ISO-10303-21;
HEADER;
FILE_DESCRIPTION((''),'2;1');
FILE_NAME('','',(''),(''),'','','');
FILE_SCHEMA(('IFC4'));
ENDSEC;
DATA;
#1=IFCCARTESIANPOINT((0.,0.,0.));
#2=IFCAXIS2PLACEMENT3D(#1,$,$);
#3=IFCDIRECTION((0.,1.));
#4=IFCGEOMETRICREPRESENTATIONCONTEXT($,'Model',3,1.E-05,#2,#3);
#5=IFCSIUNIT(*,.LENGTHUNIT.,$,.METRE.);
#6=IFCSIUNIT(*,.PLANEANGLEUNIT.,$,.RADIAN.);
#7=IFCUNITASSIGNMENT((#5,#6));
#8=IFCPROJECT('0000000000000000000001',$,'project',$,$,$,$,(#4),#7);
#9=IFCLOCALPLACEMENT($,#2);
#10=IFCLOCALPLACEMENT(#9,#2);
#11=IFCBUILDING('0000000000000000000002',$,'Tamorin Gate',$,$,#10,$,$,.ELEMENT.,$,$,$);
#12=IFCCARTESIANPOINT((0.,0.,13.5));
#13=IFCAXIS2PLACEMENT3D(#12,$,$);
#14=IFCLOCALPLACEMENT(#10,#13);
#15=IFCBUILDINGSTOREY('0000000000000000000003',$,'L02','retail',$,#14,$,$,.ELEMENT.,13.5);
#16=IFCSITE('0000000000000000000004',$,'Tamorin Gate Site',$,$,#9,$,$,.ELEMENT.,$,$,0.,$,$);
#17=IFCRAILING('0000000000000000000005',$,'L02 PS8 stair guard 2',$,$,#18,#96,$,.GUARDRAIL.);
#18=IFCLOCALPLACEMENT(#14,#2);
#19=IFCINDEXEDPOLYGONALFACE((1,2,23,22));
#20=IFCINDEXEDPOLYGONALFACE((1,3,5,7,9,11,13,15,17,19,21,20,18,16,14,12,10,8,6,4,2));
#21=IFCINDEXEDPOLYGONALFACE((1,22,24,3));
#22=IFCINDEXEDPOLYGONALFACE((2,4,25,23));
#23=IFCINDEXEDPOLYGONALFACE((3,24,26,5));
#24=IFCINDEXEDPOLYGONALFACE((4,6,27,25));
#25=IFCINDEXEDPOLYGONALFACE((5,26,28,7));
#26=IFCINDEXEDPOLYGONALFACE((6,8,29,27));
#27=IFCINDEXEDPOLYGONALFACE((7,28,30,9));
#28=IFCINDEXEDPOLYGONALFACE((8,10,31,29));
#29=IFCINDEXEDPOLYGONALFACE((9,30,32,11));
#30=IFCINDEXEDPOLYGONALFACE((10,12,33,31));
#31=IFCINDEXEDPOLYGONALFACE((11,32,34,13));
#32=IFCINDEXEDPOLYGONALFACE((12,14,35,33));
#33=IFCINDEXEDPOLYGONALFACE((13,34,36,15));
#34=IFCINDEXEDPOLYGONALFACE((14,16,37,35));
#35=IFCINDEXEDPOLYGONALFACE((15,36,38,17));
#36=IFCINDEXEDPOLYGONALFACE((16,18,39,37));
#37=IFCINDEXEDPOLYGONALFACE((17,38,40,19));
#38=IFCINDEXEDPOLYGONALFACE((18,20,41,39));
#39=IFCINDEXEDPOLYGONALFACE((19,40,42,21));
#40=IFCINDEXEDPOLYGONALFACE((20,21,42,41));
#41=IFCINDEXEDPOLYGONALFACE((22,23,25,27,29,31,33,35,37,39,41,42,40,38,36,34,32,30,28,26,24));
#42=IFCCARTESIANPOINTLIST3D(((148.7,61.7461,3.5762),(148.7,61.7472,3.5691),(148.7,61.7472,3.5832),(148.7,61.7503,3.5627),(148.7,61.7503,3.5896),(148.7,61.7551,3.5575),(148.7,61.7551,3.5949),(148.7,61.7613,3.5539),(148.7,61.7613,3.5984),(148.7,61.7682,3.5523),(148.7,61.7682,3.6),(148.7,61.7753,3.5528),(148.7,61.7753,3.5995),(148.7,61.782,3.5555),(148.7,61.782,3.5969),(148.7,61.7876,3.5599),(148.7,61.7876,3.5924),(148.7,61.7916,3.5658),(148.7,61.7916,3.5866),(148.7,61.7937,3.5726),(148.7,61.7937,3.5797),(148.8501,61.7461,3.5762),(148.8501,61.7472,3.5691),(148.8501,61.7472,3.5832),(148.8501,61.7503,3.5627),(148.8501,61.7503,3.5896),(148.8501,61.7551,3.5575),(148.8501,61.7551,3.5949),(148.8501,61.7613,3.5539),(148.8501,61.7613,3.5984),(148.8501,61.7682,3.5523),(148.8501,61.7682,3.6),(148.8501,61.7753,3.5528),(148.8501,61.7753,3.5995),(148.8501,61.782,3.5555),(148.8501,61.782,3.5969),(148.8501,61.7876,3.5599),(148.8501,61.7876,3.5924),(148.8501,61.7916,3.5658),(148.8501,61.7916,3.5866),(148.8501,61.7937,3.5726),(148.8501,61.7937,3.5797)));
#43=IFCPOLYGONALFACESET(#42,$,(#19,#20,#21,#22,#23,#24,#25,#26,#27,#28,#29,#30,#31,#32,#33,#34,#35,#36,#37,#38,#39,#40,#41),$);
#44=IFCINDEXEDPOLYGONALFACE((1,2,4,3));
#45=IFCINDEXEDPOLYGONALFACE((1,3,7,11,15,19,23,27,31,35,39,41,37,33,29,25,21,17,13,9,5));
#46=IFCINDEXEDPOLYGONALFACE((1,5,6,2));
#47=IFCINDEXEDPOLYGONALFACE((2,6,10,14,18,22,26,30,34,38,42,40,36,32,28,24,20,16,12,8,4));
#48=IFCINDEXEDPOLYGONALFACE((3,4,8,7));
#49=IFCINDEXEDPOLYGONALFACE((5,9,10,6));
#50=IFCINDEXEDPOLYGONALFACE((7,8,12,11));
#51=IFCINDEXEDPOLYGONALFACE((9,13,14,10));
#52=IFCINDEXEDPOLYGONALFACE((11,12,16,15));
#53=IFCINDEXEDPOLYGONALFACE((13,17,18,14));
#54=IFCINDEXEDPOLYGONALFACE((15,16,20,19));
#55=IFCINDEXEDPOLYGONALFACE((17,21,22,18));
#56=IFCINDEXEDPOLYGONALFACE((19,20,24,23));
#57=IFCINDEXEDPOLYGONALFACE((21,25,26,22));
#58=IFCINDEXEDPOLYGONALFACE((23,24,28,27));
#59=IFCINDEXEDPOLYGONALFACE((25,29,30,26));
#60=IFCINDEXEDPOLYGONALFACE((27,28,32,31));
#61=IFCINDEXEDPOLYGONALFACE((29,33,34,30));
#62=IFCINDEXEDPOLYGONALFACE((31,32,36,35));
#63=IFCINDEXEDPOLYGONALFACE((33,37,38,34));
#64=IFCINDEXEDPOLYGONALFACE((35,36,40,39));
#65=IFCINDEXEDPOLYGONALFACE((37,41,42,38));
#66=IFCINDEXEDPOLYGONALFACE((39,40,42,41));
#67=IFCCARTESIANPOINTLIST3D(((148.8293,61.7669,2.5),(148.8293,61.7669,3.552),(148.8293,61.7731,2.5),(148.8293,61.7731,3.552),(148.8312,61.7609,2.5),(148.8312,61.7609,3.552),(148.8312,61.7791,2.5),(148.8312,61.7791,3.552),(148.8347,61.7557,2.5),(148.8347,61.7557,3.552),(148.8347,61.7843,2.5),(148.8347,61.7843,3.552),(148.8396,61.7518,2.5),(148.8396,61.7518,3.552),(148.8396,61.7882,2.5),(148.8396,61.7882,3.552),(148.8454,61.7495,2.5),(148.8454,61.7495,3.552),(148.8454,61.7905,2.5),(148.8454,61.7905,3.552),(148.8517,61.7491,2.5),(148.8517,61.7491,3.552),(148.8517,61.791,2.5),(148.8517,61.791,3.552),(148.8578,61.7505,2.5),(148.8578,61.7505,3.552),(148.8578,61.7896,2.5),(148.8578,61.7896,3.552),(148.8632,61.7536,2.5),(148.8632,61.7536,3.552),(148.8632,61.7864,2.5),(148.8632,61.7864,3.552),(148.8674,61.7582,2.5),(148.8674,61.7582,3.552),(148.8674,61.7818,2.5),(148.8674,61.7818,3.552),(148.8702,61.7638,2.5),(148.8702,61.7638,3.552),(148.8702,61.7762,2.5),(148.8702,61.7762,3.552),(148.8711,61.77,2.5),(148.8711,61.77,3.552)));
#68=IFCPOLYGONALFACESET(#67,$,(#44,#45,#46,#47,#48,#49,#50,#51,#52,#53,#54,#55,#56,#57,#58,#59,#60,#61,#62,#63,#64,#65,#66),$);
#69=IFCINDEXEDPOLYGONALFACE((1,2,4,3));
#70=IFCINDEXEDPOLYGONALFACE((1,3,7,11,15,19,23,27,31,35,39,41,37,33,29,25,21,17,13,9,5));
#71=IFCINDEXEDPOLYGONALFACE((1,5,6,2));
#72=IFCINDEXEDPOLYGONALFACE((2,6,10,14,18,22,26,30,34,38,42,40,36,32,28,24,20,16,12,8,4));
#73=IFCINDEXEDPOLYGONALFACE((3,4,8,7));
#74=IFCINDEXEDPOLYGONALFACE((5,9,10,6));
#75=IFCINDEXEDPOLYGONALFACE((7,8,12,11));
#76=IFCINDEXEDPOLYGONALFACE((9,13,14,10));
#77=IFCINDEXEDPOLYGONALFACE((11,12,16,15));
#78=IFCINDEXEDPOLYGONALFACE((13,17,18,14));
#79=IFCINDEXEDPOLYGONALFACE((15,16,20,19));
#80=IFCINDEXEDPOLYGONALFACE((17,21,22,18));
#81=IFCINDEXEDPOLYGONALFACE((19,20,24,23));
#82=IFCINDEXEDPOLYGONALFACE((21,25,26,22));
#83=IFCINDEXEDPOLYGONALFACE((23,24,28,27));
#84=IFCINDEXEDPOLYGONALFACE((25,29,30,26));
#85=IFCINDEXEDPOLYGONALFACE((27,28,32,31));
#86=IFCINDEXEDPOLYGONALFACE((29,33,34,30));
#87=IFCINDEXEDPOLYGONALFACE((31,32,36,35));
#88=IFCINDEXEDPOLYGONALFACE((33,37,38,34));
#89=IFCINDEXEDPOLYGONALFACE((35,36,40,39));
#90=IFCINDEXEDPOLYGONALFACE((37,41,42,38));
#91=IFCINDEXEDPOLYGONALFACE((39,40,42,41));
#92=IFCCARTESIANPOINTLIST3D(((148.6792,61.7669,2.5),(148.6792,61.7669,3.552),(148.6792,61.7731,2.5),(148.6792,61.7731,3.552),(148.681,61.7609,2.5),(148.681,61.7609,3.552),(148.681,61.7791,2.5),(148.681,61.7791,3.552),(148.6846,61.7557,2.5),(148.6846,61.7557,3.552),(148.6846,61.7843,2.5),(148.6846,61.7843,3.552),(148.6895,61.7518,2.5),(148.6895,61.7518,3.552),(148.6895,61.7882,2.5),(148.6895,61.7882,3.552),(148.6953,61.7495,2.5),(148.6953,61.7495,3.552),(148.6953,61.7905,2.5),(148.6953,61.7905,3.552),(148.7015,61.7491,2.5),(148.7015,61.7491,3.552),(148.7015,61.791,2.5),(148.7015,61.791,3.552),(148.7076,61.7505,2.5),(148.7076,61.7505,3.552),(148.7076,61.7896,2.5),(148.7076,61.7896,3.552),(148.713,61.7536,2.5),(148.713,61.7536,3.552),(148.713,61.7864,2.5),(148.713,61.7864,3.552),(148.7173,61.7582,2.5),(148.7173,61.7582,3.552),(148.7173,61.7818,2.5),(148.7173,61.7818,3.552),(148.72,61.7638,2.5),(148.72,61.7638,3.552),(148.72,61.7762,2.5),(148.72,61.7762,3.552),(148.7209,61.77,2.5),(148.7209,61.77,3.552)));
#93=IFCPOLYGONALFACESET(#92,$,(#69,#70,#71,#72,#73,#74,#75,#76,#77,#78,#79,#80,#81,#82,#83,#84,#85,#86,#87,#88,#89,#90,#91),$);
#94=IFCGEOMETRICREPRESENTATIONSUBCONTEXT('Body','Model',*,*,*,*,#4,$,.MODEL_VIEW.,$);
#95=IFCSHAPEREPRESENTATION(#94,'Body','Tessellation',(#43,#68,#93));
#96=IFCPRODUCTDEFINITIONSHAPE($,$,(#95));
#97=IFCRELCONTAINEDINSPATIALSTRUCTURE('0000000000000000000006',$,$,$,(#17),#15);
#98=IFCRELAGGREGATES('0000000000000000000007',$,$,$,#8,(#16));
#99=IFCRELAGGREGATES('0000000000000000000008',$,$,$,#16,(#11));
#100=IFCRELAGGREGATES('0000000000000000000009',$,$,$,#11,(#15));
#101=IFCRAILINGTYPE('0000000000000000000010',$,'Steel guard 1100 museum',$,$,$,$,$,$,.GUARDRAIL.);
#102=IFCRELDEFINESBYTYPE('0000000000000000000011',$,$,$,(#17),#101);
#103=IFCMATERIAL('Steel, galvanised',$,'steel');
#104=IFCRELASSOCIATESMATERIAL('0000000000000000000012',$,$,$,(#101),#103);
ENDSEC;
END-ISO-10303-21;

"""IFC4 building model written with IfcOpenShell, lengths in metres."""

from ifc_helpers import new_model, si_unit, direction, frame, origin, origin_2d, place, context, subcontext, project, spatial, circle, extrude, material, type_object, element, save


model = new_model("IFC4")

# Units and contexts
model_context = context("Model", 3, precision=1e-05, world=origin(), true_north=direction((0.0, 1.0)))
body_context = subcontext(model_context, "Body", "Model", "MODEL_VIEW")
ifc_project = project(units=[si_unit("LENGTHUNIT", "METRE"), si_unit("PLANEANGLEUNIT", "RADIAN")], contexts=[model_context])

# Site, building, storey
site_placement = place(None, origin())
site = spatial("IfcSite", under=ifc_project, at=site_placement, Name="Tamorin Gate Site", CompositionType="ELEMENT", RefElevation=0.0)
building_placement = place(site_placement, origin())
building = spatial("IfcBuilding", under=site, at=building_placement, Name="Tamorin Gate", CompositionType="ELEMENT")
storey_placement = place(building_placement, frame((0.0, 0.0, 13.5)))
storey = spatial("IfcBuildingStorey", under=building, at=storey_placement, Name="L02", Description="retail", CompositionType="ELEMENT", Elevation=13.5)

# Railing
ifc_material_1 = material(Name="Steel, galvanised", Category="steel")
railing_type_1 = type_object("IfcRailingType", Name="Steel guard 1100 museum", PredefinedType="GUARDRAIL", material=ifc_material_1)
railing_1_placement = place(storey_placement, frame((148.8501, 61.77, 2.5)))
element("IfcRailing", 1, at=railing_1_placement, inside=storey, type_object=railing_type_1, Name="L02 PS8 stair guard 2", PredefinedType="GUARDRAIL", context=body_context, shape_type="SweptSolid", body=[
    extrude(circle(Radius=0.0239, at=origin_2d()), frame((0.0, 0.0, 1.0762), z_axis=(-1.0, 0.0, 0.0), x_axis=(0.0, -1.0, 0.0)), (0.0, 0.0, 1.0), 0.1501),
    extrude(circle(Radius=0.021, at=origin_2d()), origin(), (0.0, 0.0, 1.0), 1.052),
    extrude(circle(Radius=0.021, at=origin_2d()), frame((-0.1501, 0.0, 0.0)), (0.0, 0.0, 1.0), 1.052),
])

save(model, "model.ifc")
